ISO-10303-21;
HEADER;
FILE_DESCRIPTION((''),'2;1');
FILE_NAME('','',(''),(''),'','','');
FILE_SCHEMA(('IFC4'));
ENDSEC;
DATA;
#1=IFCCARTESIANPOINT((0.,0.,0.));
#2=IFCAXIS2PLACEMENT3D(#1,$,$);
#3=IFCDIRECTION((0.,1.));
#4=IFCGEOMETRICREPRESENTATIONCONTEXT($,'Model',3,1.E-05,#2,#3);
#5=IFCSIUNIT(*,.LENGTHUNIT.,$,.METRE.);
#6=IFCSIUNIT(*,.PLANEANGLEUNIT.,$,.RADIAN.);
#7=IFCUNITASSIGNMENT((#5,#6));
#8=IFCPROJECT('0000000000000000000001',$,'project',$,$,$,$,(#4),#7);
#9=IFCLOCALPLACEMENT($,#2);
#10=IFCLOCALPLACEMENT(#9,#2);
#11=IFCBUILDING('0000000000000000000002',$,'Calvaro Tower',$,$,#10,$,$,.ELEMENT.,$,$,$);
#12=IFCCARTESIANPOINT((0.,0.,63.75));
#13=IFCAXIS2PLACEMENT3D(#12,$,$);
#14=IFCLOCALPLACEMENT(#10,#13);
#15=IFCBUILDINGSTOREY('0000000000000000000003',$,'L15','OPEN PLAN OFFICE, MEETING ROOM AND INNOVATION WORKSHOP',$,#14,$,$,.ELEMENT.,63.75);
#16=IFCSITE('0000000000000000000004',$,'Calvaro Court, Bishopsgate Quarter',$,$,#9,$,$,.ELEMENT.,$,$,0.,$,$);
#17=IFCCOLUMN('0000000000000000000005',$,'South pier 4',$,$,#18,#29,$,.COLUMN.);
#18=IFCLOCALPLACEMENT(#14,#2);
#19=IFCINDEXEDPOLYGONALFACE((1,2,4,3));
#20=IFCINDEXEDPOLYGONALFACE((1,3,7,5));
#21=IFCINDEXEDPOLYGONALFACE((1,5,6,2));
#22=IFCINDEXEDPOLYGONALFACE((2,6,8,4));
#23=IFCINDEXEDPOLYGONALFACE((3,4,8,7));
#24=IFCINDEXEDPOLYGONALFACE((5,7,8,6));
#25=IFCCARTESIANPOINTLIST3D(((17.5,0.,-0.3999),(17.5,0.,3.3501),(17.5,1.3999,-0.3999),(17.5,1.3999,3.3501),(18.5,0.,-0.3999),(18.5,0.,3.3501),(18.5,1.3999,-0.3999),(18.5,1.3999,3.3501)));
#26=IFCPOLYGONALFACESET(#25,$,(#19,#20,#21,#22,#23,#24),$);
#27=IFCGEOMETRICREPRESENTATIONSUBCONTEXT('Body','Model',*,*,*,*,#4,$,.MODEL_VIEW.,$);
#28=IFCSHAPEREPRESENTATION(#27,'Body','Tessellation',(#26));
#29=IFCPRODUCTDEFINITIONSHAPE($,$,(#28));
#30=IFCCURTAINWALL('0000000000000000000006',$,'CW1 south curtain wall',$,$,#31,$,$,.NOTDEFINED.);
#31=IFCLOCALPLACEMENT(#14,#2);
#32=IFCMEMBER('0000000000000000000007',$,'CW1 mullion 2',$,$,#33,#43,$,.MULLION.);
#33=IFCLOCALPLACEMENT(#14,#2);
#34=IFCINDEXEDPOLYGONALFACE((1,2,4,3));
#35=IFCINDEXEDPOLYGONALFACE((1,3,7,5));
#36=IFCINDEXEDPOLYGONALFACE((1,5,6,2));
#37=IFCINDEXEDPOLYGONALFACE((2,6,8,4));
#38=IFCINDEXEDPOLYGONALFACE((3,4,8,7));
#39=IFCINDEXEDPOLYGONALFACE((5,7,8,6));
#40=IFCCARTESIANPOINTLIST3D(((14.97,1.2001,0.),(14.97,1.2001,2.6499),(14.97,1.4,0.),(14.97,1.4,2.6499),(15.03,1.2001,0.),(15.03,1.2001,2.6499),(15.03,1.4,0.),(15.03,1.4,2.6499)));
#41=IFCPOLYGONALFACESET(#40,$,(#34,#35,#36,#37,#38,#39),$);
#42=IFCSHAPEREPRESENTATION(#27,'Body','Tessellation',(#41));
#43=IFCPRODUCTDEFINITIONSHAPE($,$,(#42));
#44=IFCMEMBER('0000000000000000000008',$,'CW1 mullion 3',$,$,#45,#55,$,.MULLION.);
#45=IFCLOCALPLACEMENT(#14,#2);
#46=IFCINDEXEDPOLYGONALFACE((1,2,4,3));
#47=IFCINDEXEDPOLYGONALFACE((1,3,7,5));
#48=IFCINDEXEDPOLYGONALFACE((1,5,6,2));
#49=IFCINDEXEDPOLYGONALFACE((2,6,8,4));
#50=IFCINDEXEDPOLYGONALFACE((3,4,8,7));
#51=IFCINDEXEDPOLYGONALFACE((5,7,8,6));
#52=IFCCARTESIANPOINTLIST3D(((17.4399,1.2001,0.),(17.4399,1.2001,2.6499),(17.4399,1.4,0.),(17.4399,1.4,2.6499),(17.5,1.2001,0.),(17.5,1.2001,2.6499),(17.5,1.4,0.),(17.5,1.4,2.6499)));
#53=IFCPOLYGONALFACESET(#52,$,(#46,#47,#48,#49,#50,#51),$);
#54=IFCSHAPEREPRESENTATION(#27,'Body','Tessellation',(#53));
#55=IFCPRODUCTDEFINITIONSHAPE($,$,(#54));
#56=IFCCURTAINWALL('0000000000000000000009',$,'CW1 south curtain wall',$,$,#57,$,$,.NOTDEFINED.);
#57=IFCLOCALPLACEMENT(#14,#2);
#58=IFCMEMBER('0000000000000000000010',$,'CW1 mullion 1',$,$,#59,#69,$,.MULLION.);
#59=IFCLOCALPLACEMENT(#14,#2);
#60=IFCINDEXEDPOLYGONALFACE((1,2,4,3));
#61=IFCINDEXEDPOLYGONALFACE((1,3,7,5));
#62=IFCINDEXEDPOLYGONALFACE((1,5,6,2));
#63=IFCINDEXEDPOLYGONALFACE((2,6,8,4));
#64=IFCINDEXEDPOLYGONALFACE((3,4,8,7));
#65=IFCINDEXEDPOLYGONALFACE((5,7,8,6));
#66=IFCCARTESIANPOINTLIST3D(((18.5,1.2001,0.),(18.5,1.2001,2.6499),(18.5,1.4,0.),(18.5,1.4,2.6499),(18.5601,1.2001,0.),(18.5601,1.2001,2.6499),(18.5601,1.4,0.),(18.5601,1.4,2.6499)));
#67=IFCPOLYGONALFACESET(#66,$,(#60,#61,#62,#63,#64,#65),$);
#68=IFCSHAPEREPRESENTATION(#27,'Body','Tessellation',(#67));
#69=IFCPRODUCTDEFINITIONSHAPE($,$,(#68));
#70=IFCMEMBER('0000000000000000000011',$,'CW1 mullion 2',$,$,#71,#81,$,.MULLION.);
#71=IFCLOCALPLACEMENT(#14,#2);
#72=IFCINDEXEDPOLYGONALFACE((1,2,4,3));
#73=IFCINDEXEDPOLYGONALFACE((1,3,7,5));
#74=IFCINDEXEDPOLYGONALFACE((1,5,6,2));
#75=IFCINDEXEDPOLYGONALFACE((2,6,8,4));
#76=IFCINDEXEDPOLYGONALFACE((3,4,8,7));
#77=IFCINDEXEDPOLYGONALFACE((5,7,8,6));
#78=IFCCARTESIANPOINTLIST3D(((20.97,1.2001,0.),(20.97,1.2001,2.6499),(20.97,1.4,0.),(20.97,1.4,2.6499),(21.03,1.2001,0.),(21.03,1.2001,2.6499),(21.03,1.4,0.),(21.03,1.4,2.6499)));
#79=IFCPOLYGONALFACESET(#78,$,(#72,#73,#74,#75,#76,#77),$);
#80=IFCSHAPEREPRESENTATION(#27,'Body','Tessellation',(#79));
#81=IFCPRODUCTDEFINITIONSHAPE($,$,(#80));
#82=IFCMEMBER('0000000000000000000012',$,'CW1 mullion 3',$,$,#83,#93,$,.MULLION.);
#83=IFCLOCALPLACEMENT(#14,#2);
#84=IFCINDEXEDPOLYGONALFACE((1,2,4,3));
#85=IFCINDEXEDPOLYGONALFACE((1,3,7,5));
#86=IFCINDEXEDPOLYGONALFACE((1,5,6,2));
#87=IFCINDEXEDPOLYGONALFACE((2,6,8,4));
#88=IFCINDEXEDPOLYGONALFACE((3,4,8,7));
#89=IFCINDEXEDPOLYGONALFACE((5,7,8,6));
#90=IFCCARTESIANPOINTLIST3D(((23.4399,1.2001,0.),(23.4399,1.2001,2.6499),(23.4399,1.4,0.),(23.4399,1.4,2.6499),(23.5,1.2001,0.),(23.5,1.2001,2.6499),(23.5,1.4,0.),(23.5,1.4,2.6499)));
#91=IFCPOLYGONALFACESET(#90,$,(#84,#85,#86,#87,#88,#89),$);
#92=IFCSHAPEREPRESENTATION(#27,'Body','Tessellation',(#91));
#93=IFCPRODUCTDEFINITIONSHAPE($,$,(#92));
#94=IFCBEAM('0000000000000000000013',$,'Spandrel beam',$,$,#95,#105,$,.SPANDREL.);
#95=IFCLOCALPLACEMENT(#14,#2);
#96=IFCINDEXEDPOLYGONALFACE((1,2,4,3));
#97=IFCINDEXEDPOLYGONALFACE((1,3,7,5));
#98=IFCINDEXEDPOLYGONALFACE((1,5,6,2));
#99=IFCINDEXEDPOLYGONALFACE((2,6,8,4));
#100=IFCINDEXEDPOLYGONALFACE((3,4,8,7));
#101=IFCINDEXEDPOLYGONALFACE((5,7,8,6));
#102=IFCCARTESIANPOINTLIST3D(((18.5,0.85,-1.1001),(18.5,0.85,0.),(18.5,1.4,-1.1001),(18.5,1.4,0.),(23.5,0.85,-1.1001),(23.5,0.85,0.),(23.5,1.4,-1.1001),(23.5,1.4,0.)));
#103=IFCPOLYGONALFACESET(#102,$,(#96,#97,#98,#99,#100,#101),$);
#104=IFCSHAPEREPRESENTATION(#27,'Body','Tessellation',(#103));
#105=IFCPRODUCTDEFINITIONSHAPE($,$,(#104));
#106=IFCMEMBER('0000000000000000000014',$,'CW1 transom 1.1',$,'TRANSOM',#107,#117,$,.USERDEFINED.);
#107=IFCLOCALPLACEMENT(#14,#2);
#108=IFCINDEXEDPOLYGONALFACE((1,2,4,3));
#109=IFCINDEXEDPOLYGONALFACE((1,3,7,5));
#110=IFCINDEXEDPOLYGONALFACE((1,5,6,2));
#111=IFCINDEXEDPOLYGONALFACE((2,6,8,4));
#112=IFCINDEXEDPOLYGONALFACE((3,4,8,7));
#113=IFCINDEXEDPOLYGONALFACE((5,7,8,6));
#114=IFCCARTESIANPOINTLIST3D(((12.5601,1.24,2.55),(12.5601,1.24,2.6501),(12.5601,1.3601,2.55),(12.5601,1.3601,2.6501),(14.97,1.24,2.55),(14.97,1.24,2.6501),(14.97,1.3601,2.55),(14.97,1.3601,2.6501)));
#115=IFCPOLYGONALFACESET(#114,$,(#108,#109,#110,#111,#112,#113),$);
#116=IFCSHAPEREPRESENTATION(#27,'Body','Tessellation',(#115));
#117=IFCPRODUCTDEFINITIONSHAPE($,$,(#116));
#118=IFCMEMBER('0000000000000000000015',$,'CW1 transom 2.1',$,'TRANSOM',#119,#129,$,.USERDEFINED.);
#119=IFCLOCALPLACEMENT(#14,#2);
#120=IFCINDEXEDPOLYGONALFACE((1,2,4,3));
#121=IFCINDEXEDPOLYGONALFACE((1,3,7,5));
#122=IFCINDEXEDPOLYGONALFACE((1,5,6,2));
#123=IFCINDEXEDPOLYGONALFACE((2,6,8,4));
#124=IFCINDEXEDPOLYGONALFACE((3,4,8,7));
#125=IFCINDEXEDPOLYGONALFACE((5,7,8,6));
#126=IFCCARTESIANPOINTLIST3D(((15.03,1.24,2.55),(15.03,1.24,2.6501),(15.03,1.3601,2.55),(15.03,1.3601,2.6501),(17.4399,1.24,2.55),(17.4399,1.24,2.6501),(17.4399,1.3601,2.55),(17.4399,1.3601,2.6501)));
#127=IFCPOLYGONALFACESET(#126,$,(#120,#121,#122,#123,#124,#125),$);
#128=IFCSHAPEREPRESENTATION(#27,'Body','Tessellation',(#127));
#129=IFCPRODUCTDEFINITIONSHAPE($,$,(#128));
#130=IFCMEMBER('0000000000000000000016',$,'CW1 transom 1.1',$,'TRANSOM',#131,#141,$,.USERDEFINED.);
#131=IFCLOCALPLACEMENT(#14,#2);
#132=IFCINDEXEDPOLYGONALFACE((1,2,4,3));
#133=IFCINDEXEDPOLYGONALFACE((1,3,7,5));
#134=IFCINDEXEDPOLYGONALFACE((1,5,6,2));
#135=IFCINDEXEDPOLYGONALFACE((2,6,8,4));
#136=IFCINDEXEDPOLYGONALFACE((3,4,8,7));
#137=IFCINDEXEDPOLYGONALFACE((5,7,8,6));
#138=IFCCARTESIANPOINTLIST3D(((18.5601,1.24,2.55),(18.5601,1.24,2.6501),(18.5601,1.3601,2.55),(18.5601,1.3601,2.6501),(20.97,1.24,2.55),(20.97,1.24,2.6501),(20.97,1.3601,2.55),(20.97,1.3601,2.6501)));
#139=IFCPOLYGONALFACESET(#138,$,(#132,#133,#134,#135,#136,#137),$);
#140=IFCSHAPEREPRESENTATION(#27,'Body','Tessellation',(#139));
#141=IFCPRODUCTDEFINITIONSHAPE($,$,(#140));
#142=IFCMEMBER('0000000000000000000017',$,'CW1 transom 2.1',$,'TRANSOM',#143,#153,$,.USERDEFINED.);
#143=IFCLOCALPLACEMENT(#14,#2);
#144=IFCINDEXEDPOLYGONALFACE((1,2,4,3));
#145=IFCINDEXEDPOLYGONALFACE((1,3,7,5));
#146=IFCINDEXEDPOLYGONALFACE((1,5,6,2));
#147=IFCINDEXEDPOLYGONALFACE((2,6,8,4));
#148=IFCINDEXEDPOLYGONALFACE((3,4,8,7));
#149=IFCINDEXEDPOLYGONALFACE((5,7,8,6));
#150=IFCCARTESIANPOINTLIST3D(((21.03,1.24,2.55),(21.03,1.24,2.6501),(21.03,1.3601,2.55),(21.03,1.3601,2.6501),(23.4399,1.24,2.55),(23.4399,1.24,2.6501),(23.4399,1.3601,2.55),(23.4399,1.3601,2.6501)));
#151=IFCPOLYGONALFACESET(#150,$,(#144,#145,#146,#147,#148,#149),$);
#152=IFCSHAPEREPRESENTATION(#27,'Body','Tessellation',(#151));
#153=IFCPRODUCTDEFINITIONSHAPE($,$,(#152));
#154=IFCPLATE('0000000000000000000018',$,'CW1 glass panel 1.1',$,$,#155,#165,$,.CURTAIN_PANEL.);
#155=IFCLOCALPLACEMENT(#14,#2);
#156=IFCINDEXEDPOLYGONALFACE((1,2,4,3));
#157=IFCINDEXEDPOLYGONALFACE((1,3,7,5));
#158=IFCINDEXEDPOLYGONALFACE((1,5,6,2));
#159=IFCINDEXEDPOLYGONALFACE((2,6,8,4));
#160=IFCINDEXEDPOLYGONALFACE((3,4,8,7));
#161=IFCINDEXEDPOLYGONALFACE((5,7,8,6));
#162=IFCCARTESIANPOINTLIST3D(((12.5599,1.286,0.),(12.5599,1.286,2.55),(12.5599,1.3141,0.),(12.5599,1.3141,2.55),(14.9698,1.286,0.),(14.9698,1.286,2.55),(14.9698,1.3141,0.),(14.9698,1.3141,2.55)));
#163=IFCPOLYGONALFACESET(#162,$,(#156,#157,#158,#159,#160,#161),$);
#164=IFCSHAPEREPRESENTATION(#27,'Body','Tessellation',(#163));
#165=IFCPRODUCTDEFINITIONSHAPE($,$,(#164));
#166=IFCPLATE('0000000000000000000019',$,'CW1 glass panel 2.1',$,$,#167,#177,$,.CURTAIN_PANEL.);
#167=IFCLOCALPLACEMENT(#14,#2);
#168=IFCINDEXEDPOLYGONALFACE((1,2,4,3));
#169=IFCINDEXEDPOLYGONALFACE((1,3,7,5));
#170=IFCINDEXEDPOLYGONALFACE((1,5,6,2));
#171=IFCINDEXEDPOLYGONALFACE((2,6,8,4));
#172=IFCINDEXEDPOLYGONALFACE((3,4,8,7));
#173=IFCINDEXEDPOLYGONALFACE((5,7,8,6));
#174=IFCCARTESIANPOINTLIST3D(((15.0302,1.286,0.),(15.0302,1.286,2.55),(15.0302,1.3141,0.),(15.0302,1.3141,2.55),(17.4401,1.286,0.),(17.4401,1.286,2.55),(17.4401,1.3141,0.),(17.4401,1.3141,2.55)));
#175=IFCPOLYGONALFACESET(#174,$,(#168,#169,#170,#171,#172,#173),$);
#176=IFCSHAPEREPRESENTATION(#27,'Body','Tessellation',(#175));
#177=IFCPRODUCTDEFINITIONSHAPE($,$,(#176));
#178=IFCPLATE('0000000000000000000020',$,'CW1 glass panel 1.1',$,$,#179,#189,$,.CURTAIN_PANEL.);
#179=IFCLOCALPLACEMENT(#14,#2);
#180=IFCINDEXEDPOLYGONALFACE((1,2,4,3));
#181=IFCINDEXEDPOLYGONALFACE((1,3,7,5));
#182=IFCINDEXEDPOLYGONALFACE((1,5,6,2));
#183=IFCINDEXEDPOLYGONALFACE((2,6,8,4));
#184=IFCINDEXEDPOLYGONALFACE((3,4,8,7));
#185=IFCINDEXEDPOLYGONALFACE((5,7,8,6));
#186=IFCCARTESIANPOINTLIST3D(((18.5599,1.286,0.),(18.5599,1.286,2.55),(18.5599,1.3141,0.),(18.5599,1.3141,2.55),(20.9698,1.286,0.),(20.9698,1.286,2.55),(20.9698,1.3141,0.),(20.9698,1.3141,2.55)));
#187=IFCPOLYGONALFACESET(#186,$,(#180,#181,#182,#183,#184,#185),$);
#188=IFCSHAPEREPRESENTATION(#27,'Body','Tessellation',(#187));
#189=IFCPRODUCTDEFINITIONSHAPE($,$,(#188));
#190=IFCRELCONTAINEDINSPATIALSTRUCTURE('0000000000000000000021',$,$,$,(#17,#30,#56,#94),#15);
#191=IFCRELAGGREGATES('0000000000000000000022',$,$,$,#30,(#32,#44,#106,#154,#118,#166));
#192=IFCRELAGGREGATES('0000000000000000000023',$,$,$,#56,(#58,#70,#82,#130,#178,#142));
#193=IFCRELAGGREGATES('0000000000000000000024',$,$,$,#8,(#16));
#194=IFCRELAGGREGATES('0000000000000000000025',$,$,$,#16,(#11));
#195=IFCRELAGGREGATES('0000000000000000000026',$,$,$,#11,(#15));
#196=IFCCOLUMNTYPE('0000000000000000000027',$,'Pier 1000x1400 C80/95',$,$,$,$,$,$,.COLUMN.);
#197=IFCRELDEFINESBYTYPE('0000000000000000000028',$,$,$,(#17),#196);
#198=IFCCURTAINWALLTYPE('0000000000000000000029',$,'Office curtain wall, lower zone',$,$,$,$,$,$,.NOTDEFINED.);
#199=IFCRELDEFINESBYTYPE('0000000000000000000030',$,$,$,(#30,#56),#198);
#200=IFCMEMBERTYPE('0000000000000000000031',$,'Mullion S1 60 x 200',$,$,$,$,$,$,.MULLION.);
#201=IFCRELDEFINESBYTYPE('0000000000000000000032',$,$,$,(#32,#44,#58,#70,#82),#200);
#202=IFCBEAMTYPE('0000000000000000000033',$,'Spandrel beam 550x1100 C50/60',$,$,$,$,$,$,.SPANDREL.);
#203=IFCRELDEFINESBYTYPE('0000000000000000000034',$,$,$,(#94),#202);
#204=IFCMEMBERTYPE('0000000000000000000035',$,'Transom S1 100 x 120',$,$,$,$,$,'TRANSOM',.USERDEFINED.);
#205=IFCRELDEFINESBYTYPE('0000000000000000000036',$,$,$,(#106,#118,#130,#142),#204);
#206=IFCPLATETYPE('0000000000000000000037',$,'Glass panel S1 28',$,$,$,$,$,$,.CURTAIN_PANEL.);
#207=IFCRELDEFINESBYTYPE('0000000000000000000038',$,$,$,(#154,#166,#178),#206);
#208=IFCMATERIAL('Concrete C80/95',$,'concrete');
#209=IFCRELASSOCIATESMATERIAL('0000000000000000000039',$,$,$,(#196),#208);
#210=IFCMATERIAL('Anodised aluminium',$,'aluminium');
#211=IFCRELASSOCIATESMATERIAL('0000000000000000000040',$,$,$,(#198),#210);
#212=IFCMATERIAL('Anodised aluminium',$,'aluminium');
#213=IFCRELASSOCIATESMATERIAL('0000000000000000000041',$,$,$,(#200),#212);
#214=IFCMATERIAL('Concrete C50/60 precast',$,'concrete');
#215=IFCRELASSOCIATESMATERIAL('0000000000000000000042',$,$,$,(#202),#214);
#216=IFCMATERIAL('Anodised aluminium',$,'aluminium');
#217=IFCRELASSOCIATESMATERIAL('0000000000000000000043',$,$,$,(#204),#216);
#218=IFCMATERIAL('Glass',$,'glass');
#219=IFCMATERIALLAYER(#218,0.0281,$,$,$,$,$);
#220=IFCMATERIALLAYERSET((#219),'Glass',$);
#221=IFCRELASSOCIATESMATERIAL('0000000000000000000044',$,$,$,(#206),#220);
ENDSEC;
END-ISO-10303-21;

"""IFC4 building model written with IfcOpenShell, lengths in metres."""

from ifc_helpers import new_model, si_unit, direction, frame, origin, origin_2d, place, context, subcontext, project, spatial, rectangle, extrude, material, layer, layer_set, material_profile, profile_set, type_object, element, aggregate, save


model = new_model("IFC4")

# Units and contexts
model_context = context("Model", 3, precision=1e-05, world=origin(), true_north=direction((0.0, 1.0)))
body_context = subcontext(model_context, "Body", "Model", "MODEL_VIEW")
ifc_project = project(units=[si_unit("LENGTHUNIT", "METRE"), si_unit("PLANEANGLEUNIT", "RADIAN")], contexts=[model_context])

# Site, building, storey
site_placement = place(None, origin())
site = spatial("IfcSite", under=ifc_project, at=site_placement, Name="Calvaro Court, Bishopsgate Quarter", CompositionType="ELEMENT", RefElevation=0.0)
building_placement = place(site_placement, origin())
building = spatial("IfcBuilding", under=site, at=building_placement, Name="Calvaro Tower", CompositionType="ELEMENT")
storey_placement = place(building_placement, frame((0.0, 0.0, 63.75)))
storey = spatial("IfcBuildingStorey", under=building, at=storey_placement, Name="L15", Description="OPEN PLAN OFFICE, MEETING ROOM AND INNOVATION WORKSHOP", CompositionType="ELEMENT", Elevation=63.75)

# Column
ifc_material_1 = material(Name="Concrete C80/95", Category="concrete")
ifc_material_profile_1 = material_profile(ifc_material_1, rectangle(XDim=1.0, YDim=1.3999, at=origin_2d()), Name="RC 1000x1400")
ifc_profile_set_1 = profile_set([ifc_material_profile_1], Name="Concrete C80/95")
column_type = type_object("IfcColumnType", Name="Pier 1000x1400 C80/95", PredefinedType="COLUMN", material=ifc_profile_set_1)
column_placement = place(storey_placement, frame((18.0, 0.7, -0.3999), z_axis=(0.0, 0.0, 1.0), x_axis=(1.0, 0.0, 0.0)))
element("IfcColumn", 1, at=column_placement, inside=storey, type_object=column_type, Name="South pier 4", PredefinedType="COLUMN", context=body_context, shape_type="SweptSolid", body=[
    extrude(rectangle(XDim=1.0, YDim=1.3999, at=origin_2d()), origin(), (0.0, 0.0, 1.0), 3.75),
])

# Curtain walls, members
ifc_material_2 = material(Name="Anodised aluminium", Category="aluminium")
curtain_wall_type = type_object("IfcCurtainWallType", Name="Office curtain wall, lower zone", PredefinedType="NOTDEFINED", material=ifc_material_2)
curtain_wall_1_placement = place(storey_placement, origin())
curtain_wall_1 = element("IfcCurtainWall", 2, at=curtain_wall_1_placement, inside=storey, type_object=curtain_wall_type, Name="CW1 south curtain wall", PredefinedType="NOTDEFINED")
ifc_material_3 = material(Name="Anodised aluminium", Category="aluminium")
ifc_material_profile_2 = material_profile(ifc_material_3, rectangle(XDim=0.2, YDim=0.0601, at=origin_2d()), Name="Mullion S1 60 x 200")
ifc_profile_set_2 = profile_set([ifc_material_profile_2], Name="Anodised aluminium")
member_type_1 = type_object("IfcMemberType", Name="Mullion S1 60 x 200", PredefinedType="MULLION", material=ifc_profile_set_2)
member_1_placement = place(storey_placement, frame((15.0, 1.3, 0.0), z_axis=(0.0, 0.0, 1.0), x_axis=(0.0, 1.0, 0.0)))
member_1 = element("IfcMember", 3, at=member_1_placement, type_object=member_type_1, Name="CW1 mullion 2", PredefinedType="MULLION", context=body_context, shape_type="SweptSolid", body=[
    extrude(rectangle(XDim=0.2, YDim=0.0601, at=origin_2d()), origin(), (0.0, 0.0, 1.0), 2.6499),
])
member_2_placement = place(storey_placement, frame((17.47, 1.3, 0.0), z_axis=(0.0, 0.0, 1.0), x_axis=(0.0, 1.0, 0.0)))
member_2 = element("IfcMember", 4, at=member_2_placement, type_object=member_type_1, Name="CW1 mullion 3", PredefinedType="MULLION", context=body_context, shape_type="SweptSolid", body=[
    extrude(rectangle(XDim=0.2, YDim=0.0601, at=origin_2d()), origin(), (0.0, 0.0, 1.0), 2.6499),
])
curtain_wall_2_placement = place(storey_placement, origin())
curtain_wall_2 = element("IfcCurtainWall", 5, at=curtain_wall_2_placement, inside=storey, type_object=curtain_wall_type, Name="CW1 south curtain wall", PredefinedType="NOTDEFINED")
member_3_placement = place(storey_placement, frame((18.53, 1.3, 0.0), z_axis=(0.0, 0.0, 1.0), x_axis=(0.0, 1.0, 0.0)))
member_3 = element("IfcMember", 6, at=member_3_placement, type_object=member_type_1, Name="CW1 mullion 1", PredefinedType="MULLION", context=body_context, shape_type="SweptSolid", body=[
    extrude(rectangle(XDim=0.2, YDim=0.0601, at=origin_2d()), origin(), (0.0, 0.0, 1.0), 2.6499),
])
member_4_placement = place(storey_placement, frame((21.0, 1.3, 0.0), z_axis=(0.0, 0.0, 1.0), x_axis=(0.0, 1.0, 0.0)))
member_4 = element("IfcMember", 7, at=member_4_placement, type_object=member_type_1, Name="CW1 mullion 2", PredefinedType="MULLION", context=body_context, shape_type="SweptSolid", body=[
    extrude(rectangle(XDim=0.2, YDim=0.0601, at=origin_2d()), origin(), (0.0, 0.0, 1.0), 2.6499),
])
member_5_placement = place(storey_placement, frame((23.47, 1.3, 0.0), z_axis=(0.0, 0.0, 1.0), x_axis=(0.0, 1.0, 0.0)))
member_5 = element("IfcMember", 8, at=member_5_placement, type_object=member_type_1, Name="CW1 mullion 3", PredefinedType="MULLION", context=body_context, shape_type="SweptSolid", body=[
    extrude(rectangle(XDim=0.2, YDim=0.0601, at=origin_2d()), origin(), (0.0, 0.0, 1.0), 2.6499),
])

# Beam
ifc_material_4 = material(Name="Concrete C50/60 precast", Category="concrete")
ifc_material_profile_3 = material_profile(ifc_material_4, rectangle(XDim=0.55, YDim=1.1001, at=origin_2d()), Name="RC 550x1100")
ifc_profile_set_3 = profile_set([ifc_material_profile_3], Name="Concrete C50/60 precast")
beam_type = type_object("IfcBeamType", Name="Spandrel beam 550x1100 C50/60", PredefinedType="SPANDREL", material=ifc_profile_set_3)
beam_placement = place(storey_placement, frame((18.5, 1.125, -0.55), z_axis=(1.0, 0.0, 0.0), x_axis=(0.0, 1.0, 0.0)))
element("IfcBeam", 9, at=beam_placement, inside=storey, type_object=beam_type, Name="Spandrel beam", PredefinedType="SPANDREL", context=body_context, shape_type="SweptSolid", body=[
    extrude(rectangle(XDim=0.55, YDim=1.1001, at=origin_2d()), origin(), (0.0, 0.0, 1.0), 5.0),
])

# Members
ifc_material_5 = material(Name="Anodised aluminium", Category="aluminium")
ifc_material_profile_4 = material_profile(ifc_material_5, rectangle(XDim=0.1201, YDim=0.1001, at=origin_2d()), Name="Transom S1 100 x 120")
ifc_profile_set_4 = profile_set([ifc_material_profile_4], Name="Anodised aluminium")
member_type_2 = type_object("IfcMemberType", Name="Transom S1 100 x 120", ElementType="TRANSOM", PredefinedType="USERDEFINED", material=ifc_profile_set_4)
member_6_placement = place(storey_placement, frame((12.5601, 1.3, 2.6001), z_axis=(1.0, 0.0, 0.0), x_axis=(0.0, 1.0, 0.0)))
member_6 = element("IfcMember", 10, at=member_6_placement, type_object=member_type_2, Name="CW1 transom 1.1", ObjectType="TRANSOM", PredefinedType="USERDEFINED", context=body_context, shape_type="SweptSolid", body=[
    extrude(rectangle(XDim=0.1201, YDim=0.1001, at=origin_2d()), origin(), (0.0, 0.0, 1.0), 2.4099),
])
member_7_placement = place(storey_placement, frame((15.03, 1.3, 2.6001), z_axis=(1.0, 0.0, 0.0), x_axis=(0.0, 1.0, 0.0)))
member_7 = element("IfcMember", 11, at=member_7_placement, type_object=member_type_2, Name="CW1 transom 2.1", ObjectType="TRANSOM", PredefinedType="USERDEFINED", context=body_context, shape_type="SweptSolid", body=[
    extrude(rectangle(XDim=0.1201, YDim=0.1001, at=origin_2d()), origin(), (0.0, 0.0, 1.0), 2.4099),
])
member_8_placement = place(storey_placement, frame((18.5601, 1.3, 2.6001), z_axis=(1.0, 0.0, 0.0), x_axis=(0.0, 1.0, 0.0)))
member_8 = element("IfcMember", 12, at=member_8_placement, type_object=member_type_2, Name="CW1 transom 1.1", ObjectType="TRANSOM", PredefinedType="USERDEFINED", context=body_context, shape_type="SweptSolid", body=[
    extrude(rectangle(XDim=0.1201, YDim=0.1001, at=origin_2d()), origin(), (0.0, 0.0, 1.0), 2.4099),
])
member_9_placement = place(storey_placement, frame((21.03, 1.3, 2.6001), z_axis=(1.0, 0.0, 0.0), x_axis=(0.0, 1.0, 0.0)))
member_9 = element("IfcMember", 13, at=member_9_placement, type_object=member_type_2, Name="CW1 transom 2.1", ObjectType="TRANSOM", PredefinedType="USERDEFINED", context=body_context, shape_type="SweptSolid", body=[
    extrude(rectangle(XDim=0.1201, YDim=0.1001, at=origin_2d()), origin(), (0.0, 0.0, 1.0), 2.4099),
])

# Plates
ifc_material_6 = material(Name="Glass", Category="glass")
ifc_layer = layer(ifc_material_6, 0.0281)
ifc_layer_set = layer_set([ifc_layer], Name="Glass")
plate_type = type_object("IfcPlateType", Name="Glass panel S1 28", PredefinedType="CURTAIN_PANEL", material=ifc_layer_set)
plate_1_placement = place(storey_placement, frame((13.7649, 1.3, 0.0), z_axis=(0.0, 0.0, 1.0), x_axis=(1.0, 0.0, 0.0)))
plate_1 = element("IfcPlate", 14, at=plate_1_placement, type_object=plate_type, Name="CW1 glass panel 1.1", PredefinedType="CURTAIN_PANEL", context=body_context, shape_type="SweptSolid", body=[
    extrude(rectangle(XDim=2.4099, YDim=0.0281, at=origin_2d()), origin(), (0.0, 0.0, 1.0), 2.55),
])
plate_2_placement = place(storey_placement, frame((16.2351, 1.3, 0.0), z_axis=(0.0, 0.0, 1.0), x_axis=(1.0, 0.0, 0.0)))
plate_2 = element("IfcPlate", 15, at=plate_2_placement, type_object=plate_type, Name="CW1 glass panel 2.1", PredefinedType="CURTAIN_PANEL", context=body_context, shape_type="SweptSolid", body=[
    extrude(rectangle(XDim=2.4099, YDim=0.0281, at=origin_2d()), origin(), (0.0, 0.0, 1.0), 2.55),
])
aggregate(curtain_wall_1, [member_1, member_2, member_6, plate_1, member_7, plate_2])
plate_3_placement = place(storey_placement, frame((19.7649, 1.3, 0.0), z_axis=(0.0, 0.0, 1.0), x_axis=(1.0, 0.0, 0.0)))
plate_3 = element("IfcPlate", 16, at=plate_3_placement, type_object=plate_type, Name="CW1 glass panel 1.1", PredefinedType="CURTAIN_PANEL", context=body_context, shape_type="SweptSolid", body=[
    extrude(rectangle(XDim=2.4099, YDim=0.0281, at=origin_2d()), origin(), (0.0, 0.0, 1.0), 2.55),
])
aggregate(curtain_wall_2, [member_3, member_4, member_5, member_8, plate_3, member_9])

save(model, "model.ifc")
